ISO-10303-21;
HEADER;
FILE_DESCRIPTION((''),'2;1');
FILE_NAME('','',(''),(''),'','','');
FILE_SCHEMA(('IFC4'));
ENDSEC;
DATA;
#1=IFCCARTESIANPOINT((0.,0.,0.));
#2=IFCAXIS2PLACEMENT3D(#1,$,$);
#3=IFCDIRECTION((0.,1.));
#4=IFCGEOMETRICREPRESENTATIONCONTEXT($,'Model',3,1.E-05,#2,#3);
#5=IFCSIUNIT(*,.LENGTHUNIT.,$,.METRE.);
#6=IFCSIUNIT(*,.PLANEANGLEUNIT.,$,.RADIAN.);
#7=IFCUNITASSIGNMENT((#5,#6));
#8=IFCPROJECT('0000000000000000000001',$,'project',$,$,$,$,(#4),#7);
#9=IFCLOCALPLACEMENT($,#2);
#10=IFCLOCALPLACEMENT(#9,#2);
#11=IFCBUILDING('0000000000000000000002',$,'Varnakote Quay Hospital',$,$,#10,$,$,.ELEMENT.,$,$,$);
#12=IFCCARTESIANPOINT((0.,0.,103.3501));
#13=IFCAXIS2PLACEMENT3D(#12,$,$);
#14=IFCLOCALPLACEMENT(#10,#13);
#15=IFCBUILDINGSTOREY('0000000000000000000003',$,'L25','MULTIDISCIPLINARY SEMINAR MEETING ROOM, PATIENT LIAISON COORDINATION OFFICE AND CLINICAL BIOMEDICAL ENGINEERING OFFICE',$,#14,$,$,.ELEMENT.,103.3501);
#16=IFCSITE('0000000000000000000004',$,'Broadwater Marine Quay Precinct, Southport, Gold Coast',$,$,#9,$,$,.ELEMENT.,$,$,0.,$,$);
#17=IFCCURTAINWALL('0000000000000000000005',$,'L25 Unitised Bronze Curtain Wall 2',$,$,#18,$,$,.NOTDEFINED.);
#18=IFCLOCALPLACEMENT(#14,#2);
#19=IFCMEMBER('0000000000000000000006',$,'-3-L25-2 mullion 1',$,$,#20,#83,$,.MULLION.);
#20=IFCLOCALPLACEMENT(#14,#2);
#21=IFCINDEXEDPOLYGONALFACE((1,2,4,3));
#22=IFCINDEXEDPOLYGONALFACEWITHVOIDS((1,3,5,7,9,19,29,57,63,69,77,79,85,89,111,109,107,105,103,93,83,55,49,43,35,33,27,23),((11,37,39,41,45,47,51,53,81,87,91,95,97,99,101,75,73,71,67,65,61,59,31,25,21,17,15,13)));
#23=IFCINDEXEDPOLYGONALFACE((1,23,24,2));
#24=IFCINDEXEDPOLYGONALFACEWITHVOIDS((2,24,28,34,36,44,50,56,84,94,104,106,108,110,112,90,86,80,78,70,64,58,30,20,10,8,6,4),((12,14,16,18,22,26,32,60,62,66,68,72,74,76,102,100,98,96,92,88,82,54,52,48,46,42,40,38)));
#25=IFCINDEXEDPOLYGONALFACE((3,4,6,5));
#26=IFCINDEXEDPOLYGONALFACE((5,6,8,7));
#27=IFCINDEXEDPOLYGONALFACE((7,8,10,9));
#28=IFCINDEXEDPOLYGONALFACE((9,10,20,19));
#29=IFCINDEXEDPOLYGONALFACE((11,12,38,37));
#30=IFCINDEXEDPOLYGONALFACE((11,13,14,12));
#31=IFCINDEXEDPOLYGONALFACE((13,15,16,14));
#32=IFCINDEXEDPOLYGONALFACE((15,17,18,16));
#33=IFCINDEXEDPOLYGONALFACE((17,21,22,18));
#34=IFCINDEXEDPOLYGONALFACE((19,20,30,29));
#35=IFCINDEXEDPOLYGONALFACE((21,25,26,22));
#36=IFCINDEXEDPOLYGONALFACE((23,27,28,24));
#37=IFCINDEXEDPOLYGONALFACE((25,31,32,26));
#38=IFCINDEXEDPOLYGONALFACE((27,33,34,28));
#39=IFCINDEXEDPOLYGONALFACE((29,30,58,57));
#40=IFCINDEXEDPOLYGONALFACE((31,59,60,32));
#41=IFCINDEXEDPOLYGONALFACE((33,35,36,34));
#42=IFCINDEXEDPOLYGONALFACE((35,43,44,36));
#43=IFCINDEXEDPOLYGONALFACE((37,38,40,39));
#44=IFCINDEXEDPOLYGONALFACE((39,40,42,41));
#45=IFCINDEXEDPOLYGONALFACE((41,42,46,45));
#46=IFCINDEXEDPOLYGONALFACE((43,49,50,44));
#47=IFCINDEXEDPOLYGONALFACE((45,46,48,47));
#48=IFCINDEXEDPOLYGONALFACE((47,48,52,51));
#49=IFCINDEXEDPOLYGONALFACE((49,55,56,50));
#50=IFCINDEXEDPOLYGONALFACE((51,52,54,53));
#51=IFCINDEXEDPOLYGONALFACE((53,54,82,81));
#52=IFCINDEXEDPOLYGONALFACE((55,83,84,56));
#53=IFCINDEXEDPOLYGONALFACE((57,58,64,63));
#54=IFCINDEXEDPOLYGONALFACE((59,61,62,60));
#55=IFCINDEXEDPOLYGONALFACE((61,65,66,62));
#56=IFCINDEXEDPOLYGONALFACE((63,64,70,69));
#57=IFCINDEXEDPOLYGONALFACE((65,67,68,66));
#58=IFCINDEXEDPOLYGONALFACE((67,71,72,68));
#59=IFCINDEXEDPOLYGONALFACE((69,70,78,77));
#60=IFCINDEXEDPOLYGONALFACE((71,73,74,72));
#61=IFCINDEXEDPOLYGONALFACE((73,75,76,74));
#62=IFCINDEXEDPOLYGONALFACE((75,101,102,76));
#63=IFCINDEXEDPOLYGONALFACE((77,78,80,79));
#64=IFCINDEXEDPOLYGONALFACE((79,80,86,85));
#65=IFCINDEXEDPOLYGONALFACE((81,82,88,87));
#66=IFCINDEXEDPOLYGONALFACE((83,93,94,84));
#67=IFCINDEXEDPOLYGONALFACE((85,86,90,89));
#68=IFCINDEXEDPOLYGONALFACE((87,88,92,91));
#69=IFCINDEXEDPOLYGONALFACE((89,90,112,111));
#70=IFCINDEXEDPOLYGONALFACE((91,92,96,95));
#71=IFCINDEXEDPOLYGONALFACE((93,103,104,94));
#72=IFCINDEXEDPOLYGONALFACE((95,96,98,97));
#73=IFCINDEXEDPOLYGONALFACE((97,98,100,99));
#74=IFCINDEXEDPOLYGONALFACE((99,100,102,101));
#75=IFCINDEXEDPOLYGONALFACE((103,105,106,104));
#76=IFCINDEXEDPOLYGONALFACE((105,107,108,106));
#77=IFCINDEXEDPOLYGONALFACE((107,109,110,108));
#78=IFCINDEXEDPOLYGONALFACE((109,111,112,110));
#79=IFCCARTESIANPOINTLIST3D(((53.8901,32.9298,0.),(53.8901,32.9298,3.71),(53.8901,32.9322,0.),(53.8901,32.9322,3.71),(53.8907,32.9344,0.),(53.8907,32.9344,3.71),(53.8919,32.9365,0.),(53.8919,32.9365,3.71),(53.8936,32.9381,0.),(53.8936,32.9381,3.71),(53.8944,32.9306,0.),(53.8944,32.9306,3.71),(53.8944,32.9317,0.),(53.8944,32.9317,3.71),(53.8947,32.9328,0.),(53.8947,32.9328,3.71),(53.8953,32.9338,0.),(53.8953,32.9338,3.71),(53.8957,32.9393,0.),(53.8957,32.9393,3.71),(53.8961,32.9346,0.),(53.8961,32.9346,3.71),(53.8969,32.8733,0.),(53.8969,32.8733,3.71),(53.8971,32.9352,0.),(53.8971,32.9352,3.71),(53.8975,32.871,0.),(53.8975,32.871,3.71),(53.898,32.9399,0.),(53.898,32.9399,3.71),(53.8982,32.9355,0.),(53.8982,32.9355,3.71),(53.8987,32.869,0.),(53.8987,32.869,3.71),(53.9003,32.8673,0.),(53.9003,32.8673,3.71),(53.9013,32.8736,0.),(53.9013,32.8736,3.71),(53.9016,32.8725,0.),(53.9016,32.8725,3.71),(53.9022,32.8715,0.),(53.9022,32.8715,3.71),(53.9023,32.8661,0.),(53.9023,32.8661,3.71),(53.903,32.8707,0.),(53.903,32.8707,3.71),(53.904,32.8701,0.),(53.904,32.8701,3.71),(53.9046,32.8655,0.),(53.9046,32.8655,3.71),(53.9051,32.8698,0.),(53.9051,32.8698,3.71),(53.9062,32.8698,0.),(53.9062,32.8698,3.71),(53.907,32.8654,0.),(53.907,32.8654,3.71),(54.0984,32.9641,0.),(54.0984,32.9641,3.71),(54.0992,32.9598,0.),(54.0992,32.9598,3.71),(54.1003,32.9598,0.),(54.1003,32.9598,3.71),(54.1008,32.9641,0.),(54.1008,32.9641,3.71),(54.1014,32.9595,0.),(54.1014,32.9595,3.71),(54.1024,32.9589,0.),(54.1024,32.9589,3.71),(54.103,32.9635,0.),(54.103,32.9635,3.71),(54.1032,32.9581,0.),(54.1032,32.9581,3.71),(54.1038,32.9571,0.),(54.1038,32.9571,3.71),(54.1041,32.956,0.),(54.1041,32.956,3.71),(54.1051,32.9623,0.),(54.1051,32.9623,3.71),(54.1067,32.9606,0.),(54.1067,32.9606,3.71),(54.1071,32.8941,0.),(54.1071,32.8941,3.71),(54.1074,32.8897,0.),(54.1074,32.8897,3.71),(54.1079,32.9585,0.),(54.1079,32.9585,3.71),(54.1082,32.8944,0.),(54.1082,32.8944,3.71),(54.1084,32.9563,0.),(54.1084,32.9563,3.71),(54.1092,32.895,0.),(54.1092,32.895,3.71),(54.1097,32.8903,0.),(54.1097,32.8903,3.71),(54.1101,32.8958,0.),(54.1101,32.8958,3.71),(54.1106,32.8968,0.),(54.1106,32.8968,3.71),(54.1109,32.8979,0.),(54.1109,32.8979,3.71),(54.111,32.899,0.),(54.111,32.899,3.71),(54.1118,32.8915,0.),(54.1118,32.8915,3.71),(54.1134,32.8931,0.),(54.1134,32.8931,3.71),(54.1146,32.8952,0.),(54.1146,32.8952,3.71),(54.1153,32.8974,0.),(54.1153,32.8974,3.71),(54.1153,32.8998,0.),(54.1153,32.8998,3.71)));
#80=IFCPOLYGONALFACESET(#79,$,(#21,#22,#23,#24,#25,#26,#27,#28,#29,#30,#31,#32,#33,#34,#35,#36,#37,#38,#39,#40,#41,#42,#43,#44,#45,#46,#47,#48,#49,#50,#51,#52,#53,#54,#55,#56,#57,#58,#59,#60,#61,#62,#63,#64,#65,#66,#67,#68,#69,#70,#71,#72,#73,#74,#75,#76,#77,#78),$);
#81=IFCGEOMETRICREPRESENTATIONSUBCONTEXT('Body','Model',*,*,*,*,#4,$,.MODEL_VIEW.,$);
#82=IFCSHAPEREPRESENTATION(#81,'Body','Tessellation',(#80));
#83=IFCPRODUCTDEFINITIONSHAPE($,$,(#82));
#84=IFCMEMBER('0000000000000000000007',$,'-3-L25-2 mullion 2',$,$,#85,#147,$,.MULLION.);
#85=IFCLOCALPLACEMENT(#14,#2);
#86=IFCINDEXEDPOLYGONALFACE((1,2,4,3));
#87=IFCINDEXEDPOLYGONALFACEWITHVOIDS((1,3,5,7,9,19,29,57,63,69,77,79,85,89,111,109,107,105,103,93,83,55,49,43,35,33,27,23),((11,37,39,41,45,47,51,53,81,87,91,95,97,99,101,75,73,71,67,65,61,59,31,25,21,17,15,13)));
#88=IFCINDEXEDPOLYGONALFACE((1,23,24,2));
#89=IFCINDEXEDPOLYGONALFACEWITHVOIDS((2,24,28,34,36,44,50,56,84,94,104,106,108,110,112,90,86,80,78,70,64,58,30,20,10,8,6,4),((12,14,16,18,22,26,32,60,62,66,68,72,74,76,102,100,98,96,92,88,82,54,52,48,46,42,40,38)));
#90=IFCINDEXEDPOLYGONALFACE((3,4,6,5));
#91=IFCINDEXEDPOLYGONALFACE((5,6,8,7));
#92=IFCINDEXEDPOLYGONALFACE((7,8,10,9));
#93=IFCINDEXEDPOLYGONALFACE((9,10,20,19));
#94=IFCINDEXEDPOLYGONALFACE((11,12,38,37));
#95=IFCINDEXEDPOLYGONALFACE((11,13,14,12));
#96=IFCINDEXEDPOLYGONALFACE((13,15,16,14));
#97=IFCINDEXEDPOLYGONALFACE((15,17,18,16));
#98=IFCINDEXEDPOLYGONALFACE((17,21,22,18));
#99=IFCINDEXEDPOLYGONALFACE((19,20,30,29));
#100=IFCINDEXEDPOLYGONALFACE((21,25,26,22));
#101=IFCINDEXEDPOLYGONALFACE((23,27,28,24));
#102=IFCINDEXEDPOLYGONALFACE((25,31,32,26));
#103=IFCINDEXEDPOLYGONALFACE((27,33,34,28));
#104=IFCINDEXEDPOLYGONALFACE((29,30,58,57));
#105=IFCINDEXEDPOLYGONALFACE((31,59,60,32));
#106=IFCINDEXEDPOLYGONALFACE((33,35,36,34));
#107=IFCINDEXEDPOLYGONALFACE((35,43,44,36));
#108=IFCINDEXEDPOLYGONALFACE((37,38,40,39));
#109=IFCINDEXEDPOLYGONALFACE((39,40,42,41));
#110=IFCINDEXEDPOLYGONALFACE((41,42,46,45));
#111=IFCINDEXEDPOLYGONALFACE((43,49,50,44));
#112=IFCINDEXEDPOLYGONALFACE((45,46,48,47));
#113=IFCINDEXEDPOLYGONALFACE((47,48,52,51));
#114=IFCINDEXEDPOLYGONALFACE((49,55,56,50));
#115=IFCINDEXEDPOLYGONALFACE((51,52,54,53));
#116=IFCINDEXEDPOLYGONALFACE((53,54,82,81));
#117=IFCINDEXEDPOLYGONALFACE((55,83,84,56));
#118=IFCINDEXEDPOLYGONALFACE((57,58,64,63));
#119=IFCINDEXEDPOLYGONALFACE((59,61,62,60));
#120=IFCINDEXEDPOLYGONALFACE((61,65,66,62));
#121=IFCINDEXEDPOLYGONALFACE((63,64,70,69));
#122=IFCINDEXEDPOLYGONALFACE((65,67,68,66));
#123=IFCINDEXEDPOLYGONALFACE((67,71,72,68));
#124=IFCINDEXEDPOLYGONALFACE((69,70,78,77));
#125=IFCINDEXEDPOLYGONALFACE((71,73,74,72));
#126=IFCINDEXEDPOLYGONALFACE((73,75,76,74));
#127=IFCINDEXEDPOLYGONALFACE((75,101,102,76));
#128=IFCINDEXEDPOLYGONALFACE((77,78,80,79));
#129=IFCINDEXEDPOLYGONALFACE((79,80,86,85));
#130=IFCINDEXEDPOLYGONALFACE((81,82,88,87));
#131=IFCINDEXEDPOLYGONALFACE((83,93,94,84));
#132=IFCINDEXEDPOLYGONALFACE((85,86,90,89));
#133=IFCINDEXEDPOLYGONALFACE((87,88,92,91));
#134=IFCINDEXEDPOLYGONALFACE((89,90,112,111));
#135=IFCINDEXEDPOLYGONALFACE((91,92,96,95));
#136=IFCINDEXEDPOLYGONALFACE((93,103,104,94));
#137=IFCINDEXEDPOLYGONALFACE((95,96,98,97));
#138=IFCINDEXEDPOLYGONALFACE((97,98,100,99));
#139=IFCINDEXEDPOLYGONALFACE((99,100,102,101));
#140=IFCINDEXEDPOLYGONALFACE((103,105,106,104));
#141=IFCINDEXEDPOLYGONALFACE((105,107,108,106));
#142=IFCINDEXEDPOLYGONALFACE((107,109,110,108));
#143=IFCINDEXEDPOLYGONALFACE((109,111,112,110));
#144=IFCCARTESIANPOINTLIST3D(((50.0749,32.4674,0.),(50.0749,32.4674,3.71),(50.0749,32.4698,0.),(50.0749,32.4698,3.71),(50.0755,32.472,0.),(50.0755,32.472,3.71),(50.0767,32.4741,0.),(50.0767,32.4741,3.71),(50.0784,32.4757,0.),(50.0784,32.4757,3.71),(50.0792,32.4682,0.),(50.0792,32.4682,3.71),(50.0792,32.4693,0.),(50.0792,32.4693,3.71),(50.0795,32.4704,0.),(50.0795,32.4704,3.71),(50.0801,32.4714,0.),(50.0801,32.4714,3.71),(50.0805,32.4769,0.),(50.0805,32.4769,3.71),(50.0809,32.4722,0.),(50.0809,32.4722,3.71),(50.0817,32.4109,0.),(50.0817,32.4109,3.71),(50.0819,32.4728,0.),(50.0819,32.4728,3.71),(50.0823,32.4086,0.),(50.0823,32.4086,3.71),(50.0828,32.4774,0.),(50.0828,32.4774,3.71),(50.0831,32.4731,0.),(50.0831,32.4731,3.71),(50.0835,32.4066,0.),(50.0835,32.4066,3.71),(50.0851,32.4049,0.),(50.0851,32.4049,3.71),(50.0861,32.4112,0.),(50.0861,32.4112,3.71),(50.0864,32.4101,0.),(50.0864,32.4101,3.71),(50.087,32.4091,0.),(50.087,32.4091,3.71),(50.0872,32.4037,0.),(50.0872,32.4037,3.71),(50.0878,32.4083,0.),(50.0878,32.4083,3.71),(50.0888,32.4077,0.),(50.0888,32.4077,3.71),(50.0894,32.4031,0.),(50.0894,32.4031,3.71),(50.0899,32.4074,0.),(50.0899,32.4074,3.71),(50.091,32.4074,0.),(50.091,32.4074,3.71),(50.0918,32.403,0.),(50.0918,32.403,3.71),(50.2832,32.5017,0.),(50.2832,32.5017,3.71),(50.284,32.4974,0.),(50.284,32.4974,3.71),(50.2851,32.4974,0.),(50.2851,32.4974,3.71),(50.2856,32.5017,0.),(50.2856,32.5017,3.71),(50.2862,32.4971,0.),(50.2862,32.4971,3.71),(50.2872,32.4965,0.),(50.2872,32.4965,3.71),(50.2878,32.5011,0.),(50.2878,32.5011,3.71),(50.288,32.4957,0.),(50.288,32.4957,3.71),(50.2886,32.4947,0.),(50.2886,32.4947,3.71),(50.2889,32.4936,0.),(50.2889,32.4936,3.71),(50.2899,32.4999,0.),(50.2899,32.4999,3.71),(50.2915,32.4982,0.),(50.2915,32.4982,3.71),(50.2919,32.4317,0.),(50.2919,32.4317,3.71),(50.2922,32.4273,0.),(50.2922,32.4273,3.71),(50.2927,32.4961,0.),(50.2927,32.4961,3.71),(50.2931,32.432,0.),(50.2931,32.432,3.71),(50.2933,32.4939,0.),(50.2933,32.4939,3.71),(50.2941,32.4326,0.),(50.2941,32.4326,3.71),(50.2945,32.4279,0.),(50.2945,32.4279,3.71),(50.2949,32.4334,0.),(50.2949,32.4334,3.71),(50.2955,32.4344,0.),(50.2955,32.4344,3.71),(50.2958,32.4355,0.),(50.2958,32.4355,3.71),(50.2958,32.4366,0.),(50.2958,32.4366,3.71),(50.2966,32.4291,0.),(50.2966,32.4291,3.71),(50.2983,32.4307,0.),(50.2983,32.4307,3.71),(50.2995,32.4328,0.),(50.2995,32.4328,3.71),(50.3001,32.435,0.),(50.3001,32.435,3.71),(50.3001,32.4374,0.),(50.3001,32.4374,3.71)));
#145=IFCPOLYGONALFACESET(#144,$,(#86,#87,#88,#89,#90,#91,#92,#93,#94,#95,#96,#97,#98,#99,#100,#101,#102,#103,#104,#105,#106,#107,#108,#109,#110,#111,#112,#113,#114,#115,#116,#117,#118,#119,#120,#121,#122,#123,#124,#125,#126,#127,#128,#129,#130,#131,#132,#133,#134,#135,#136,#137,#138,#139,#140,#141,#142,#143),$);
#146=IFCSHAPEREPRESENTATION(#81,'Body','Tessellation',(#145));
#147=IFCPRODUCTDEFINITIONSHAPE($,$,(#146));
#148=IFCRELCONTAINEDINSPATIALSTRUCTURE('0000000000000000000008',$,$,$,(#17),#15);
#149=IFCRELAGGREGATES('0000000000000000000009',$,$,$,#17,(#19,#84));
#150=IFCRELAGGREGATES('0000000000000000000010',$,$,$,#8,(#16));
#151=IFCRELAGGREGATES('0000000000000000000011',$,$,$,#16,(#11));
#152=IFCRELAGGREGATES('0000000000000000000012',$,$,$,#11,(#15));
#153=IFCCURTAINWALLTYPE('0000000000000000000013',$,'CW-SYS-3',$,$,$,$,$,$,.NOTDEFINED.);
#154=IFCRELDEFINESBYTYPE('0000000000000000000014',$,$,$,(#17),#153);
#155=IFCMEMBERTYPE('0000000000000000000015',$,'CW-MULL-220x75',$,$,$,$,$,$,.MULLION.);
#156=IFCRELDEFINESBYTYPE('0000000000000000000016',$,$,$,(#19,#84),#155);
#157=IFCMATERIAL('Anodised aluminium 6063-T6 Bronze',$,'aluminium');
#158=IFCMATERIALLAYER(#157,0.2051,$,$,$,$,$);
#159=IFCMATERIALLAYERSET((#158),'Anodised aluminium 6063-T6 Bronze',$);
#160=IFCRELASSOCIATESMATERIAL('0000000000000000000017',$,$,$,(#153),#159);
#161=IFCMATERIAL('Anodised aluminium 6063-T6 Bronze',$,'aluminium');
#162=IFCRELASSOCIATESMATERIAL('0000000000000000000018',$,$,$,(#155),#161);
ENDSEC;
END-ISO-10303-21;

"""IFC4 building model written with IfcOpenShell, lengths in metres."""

from ifc_helpers import new_model, si_unit, direction, frame, origin, origin_2d, place, context, subcontext, project, spatial, hollow_rectangle, extrude, material, layer, layer_set, material_profile, profile_set, type_object, element, aggregate, save


model = new_model("IFC4")

# Units and contexts
model_context = context("Model", 3, precision=1e-05, world=origin(), true_north=direction((0.0, 1.0)))
body_context = subcontext(model_context, "Body", "Model", "MODEL_VIEW")
ifc_project = project(units=[si_unit("LENGTHUNIT", "METRE"), si_unit("PLANEANGLEUNIT", "RADIAN")], contexts=[model_context])

# Site, building, storey
site_placement = place(None, origin())
site = spatial("IfcSite", under=ifc_project, at=site_placement, Name="Broadwater Marine Quay Precinct, Southport, Gold Coast", CompositionType="ELEMENT", RefElevation=0.0)
building_placement = place(site_placement, origin())
building = spatial("IfcBuilding", under=site, at=building_placement, Name="Varnakote Quay Hospital", CompositionType="ELEMENT")
storey_placement = place(building_placement, frame((0.0, 0.0, 103.3501)))
storey = spatial("IfcBuildingStorey", under=building, at=storey_placement, Name="L25", Description="MULTIDISCIPLINARY SEMINAR MEETING ROOM, PATIENT LIAISON COORDINATION OFFICE AND CLINICAL BIOMEDICAL ENGINEERING OFFICE", CompositionType="ELEMENT", Elevation=103.3501)

# Curtain wall, members
ifc_material_1 = material(Name="Anodised aluminium 6063-T6 Bronze", Category="aluminium")
ifc_layer_1 = layer(ifc_material_1, 0.2051)
ifc_layer_set_1 = layer_set([ifc_layer_1], Name="Anodised aluminium 6063-T6 Bronze")
curtain_wall_type = type_object("IfcCurtainWallType", Name="CW-SYS-3", PredefinedType="NOTDEFINED", material=ifc_layer_set_1)
ifc_material_2 = material(Name="Anodised aluminium 6063-T6 Bronze", Category="aluminium")
ifc_material_profile_1 = material_profile(ifc_material_2, hollow_rectangle(XDim=0.075, YDim=0.22, WallThickness=0.0044, InnerFilletRadius=0.0044, OuterFilletRadius=0.009, at=origin_2d()), Name="CW-MULL-220x75")
ifc_profile_set_1 = profile_set([ifc_material_profile_1], Name="Anodised aluminium 6063-T6 Bronze")
member_type_1 = type_object("IfcMemberType", Name="CW-MULL-220x75", PredefinedType="MULLION", material=ifc_profile_set_1)
curtain_wall_1_placement = place(storey_placement, origin())
curtain_wall_1 = element("IfcCurtainWall", 1, at=curtain_wall_1_placement, inside=storey, type_object=curtain_wall_type, Name="L25 Unitised Bronze Curtain Wall 2", PredefinedType="NOTDEFINED")
member_1_placement = place(storey_placement, frame((54.0027, 32.9148, 0.0), z_axis=(0.0, 0.0, 1.0), x_axis=(0.120327, -0.992734, 0.0)))
member_1 = element("IfcMember", 2, at=member_1_placement, type_object=member_type_1, Name="-3-L25-2 mullion 1", PredefinedType="MULLION", context=body_context, shape_type="SweptSolid", body=[
    extrude(hollow_rectangle(XDim=0.075, YDim=0.22, WallThickness=0.0044, InnerFilletRadius=0.0044, OuterFilletRadius=0.009, at=origin_2d()), origin(), (0.0, 0.0, 1.0), 3.71),
])
member_2_placement = place(storey_placement, frame((50.1875, 32.4524, 0.0), z_axis=(0.0, 0.0, 1.0), x_axis=(0.120327, -0.992734, 0.0)))
member_2 = element("IfcMember", 3, at=member_2_placement, type_object=member_type_1, Name="-3-L25-2 mullion 2", PredefinedType="MULLION", context=body_context, shape_type="SweptSolid", body=[
    extrude(hollow_rectangle(XDim=0.075, YDim=0.22, WallThickness=0.0044, InnerFilletRadius=0.0044, OuterFilletRadius=0.009, at=origin_2d()), origin(), (0.0, 0.0, 1.0), 3.71),
])

aggregate(curtain_wall_1, [member_1, member_2])

save(model, "model.ifc")
